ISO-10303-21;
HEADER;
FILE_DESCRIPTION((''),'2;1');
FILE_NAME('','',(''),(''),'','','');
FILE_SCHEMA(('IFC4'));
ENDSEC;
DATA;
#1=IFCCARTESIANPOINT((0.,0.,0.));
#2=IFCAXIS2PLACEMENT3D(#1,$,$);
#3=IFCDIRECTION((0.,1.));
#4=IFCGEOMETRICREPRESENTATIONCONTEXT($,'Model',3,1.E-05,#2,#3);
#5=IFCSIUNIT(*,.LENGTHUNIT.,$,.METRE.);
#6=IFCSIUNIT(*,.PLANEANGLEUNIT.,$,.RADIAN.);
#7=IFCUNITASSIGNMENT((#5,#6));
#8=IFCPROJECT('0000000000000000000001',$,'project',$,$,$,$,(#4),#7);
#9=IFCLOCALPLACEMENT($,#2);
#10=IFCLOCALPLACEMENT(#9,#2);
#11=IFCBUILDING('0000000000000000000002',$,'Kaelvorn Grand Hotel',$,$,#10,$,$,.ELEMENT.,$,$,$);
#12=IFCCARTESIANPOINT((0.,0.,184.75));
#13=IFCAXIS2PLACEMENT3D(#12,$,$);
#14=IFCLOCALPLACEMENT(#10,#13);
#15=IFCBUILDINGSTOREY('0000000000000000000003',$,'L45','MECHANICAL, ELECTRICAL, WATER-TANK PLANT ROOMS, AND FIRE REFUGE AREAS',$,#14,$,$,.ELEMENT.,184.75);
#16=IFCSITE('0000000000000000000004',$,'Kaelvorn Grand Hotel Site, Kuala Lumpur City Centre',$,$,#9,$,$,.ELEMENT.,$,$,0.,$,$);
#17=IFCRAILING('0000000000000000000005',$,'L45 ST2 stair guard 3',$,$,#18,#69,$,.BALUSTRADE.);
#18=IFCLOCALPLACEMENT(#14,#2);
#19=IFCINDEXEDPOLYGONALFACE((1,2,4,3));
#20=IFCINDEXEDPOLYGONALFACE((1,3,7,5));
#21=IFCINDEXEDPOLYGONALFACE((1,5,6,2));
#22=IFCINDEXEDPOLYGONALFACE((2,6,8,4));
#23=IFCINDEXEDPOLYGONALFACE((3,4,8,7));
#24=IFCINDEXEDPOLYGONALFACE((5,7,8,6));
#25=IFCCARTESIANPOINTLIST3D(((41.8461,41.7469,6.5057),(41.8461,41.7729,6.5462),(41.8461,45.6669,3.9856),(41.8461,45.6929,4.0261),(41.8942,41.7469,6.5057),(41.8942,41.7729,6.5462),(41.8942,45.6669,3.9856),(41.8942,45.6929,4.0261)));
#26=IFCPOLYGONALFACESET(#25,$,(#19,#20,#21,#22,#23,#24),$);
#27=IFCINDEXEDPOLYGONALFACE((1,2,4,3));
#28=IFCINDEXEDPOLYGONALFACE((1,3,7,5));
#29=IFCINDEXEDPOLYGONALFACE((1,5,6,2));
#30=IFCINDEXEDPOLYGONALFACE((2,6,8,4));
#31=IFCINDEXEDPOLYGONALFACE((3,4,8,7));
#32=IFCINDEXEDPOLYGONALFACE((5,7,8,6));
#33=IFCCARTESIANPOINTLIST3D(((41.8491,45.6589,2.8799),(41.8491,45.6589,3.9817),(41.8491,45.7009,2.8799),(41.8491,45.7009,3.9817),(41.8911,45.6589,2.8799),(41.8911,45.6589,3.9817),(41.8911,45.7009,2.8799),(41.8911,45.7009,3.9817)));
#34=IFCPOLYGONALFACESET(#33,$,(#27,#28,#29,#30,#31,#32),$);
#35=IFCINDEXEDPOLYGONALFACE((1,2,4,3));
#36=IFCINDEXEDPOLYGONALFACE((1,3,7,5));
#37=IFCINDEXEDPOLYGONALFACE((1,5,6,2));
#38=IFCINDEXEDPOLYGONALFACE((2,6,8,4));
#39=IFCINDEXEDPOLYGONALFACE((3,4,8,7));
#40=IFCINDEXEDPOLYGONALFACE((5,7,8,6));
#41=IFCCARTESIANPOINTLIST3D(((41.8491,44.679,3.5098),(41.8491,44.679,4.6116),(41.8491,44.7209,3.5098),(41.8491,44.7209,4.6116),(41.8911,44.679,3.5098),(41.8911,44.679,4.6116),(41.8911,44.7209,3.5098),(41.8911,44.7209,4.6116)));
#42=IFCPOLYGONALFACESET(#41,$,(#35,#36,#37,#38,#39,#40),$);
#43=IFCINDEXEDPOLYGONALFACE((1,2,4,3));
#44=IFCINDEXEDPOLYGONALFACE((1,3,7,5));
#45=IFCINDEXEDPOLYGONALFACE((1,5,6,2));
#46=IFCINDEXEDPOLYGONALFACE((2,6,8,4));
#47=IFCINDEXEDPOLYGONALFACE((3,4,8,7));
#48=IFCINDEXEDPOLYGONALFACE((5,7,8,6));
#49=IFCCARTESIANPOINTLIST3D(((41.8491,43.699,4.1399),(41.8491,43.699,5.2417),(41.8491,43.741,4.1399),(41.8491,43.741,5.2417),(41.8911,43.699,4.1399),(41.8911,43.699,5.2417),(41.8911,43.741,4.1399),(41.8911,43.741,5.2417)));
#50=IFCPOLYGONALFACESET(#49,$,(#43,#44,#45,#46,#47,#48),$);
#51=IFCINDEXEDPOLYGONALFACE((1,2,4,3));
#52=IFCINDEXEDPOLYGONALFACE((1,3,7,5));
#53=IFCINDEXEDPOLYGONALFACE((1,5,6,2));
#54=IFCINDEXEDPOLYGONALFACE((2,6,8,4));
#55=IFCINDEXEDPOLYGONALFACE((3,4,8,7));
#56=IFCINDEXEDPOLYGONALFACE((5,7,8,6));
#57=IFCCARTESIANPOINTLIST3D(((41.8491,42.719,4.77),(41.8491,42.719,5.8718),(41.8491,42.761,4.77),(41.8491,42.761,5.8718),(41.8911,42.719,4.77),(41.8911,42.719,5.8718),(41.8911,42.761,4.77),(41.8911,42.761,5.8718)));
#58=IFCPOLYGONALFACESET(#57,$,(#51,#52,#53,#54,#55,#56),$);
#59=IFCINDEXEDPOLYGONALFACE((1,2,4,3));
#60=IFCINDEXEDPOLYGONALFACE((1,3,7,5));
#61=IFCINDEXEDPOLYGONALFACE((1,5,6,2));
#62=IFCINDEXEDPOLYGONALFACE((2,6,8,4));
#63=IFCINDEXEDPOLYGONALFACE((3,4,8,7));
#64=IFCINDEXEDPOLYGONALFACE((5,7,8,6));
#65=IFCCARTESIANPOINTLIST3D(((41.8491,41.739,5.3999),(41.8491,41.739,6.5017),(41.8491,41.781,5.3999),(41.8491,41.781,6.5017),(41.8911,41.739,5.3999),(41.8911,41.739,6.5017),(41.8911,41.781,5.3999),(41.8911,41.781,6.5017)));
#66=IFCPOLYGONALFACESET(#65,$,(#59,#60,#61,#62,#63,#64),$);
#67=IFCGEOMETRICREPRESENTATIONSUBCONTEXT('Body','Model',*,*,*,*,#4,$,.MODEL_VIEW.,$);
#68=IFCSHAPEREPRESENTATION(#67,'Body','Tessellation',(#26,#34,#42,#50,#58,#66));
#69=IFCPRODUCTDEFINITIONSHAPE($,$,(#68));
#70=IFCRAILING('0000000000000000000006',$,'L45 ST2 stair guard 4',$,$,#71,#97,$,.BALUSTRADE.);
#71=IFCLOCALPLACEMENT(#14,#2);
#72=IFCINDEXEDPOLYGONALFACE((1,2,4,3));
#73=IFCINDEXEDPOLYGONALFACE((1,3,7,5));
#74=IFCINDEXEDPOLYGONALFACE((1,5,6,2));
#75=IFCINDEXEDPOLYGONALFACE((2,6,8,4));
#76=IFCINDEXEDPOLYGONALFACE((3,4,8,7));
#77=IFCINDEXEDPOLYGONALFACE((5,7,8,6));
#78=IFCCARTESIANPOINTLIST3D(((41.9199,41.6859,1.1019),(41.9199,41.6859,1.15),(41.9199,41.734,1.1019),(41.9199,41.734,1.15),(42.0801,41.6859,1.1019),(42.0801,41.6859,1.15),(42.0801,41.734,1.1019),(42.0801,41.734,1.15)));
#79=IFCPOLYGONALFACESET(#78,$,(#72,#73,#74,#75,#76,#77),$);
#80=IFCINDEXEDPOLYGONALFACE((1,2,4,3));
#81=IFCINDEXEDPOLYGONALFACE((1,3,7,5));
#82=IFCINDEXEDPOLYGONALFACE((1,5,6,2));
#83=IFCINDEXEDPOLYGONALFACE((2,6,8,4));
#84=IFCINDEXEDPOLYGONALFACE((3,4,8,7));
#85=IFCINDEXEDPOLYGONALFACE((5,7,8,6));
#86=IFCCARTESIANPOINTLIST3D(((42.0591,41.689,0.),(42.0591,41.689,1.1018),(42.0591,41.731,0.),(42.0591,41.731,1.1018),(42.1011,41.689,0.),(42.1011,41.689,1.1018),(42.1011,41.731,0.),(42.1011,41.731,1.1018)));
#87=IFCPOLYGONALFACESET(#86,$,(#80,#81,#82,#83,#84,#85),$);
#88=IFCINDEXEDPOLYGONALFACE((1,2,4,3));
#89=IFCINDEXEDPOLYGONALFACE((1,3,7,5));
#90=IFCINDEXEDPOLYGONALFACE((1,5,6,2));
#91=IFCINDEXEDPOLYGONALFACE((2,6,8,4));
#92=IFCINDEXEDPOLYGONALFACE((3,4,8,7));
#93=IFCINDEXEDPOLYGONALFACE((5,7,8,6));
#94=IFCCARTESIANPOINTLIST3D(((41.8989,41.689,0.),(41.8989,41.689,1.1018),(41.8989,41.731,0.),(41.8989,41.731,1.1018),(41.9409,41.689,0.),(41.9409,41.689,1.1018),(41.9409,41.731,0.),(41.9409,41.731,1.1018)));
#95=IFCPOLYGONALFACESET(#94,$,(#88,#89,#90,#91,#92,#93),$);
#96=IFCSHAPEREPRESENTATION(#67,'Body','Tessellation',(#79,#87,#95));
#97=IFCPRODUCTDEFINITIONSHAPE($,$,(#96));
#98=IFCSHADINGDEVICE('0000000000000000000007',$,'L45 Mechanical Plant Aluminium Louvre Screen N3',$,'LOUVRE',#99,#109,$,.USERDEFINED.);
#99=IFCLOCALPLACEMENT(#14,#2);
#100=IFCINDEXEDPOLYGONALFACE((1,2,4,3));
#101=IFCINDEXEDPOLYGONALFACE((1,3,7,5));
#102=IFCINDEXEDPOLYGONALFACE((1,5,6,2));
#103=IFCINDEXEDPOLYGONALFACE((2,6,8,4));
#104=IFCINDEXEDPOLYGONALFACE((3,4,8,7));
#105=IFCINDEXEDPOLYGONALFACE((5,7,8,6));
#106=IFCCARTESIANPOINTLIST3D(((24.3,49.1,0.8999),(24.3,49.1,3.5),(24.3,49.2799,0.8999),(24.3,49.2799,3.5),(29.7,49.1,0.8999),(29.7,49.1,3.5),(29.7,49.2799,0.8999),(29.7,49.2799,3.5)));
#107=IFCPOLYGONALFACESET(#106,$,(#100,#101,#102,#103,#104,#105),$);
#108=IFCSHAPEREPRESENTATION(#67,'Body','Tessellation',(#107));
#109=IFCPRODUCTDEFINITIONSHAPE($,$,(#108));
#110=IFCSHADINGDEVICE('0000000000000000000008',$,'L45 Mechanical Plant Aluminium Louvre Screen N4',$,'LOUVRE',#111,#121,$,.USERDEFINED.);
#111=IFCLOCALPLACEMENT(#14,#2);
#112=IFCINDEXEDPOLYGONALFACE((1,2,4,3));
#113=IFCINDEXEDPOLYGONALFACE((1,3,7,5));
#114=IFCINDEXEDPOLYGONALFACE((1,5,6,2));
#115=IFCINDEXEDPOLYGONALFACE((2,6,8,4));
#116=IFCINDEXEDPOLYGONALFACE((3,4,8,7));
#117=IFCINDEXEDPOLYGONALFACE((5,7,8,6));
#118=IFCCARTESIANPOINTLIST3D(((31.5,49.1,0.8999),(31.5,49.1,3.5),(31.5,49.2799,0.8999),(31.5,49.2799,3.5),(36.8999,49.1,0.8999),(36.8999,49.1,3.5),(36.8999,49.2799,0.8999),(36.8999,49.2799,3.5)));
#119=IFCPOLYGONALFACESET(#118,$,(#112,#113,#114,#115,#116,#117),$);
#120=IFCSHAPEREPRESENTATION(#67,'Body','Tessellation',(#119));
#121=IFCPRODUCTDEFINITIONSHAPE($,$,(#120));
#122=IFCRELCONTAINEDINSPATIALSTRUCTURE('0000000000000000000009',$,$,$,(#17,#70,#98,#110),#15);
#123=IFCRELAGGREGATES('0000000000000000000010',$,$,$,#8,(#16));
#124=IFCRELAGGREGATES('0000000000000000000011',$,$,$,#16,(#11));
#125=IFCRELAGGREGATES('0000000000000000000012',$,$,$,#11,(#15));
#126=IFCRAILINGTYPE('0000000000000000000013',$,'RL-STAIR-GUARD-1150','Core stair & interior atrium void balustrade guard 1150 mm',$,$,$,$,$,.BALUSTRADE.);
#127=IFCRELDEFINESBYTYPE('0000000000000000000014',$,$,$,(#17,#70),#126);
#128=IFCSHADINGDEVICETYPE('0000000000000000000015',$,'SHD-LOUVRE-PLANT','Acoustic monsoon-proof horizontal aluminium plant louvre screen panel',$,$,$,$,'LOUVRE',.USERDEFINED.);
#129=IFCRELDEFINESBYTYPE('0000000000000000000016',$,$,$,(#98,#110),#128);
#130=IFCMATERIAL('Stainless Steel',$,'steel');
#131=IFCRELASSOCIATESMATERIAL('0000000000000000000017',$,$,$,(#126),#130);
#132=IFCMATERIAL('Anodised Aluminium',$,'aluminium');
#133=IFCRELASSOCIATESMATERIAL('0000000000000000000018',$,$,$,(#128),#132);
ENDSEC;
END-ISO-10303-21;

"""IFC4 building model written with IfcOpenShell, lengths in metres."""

from ifc_helpers import new_model, si_unit, direction, frame, origin, origin_2d, place, context, subcontext, project, spatial, rectangle, extrude, material, type_object, element, save


model = new_model("IFC4")

# Units and contexts
model_context = context("Model", 3, precision=1e-05, world=origin(), true_north=direction((0.0, 1.0)))
body_context = subcontext(model_context, "Body", "Model", "MODEL_VIEW")
ifc_project = project(units=[si_unit("LENGTHUNIT", "METRE"), si_unit("PLANEANGLEUNIT", "RADIAN")], contexts=[model_context])

# Site, building, storey
site_placement = place(None, origin())
site = spatial("IfcSite", under=ifc_project, at=site_placement, Name="Kaelvorn Grand Hotel Site, Kuala Lumpur City Centre", CompositionType="ELEMENT", RefElevation=0.0)
building_placement = place(site_placement, origin())
building = spatial("IfcBuilding", under=site, at=building_placement, Name="Kaelvorn Grand Hotel", CompositionType="ELEMENT")
storey_placement = place(building_placement, frame((0.0, 0.0, 184.75)))
storey = spatial("IfcBuildingStorey", under=building, at=storey_placement, Name="L45", Description="MECHANICAL, ELECTRICAL, WATER-TANK PLANT ROOMS, AND FIRE REFUGE AREAS", CompositionType="ELEMENT", Elevation=184.75)

# Railings
ifc_material_1 = material(Name="Stainless Steel", Category="steel")
railing_type_1 = type_object("IfcRailingType", Name="RL-STAIR-GUARD-1150", Description="Core stair & interior atrium void balustrade guard 1150 mm", PredefinedType="BALUSTRADE", material=ifc_material_1)
railing_1_placement = place(storey_placement, frame((41.8701, 45.6799, 2.8799)))
element("IfcRailing", 1, at=railing_1_placement, inside=storey, type_object=railing_type_1, Name="L45 ST2 stair guard 3", PredefinedType="BALUSTRADE", context=body_context, shape_type="SweptSolid", body=[
    extrude(rectangle(XDim=0.0481, YDim=0.0481, at=origin_2d()), frame((0.0, 0.0, 1.126), z_axis=(0.0, -0.841172, 0.540768), x_axis=(1.0, 0.0, 0.0)), (0.0, 0.0, 1.0), 4.6602),
    extrude(rectangle(XDim=0.042, YDim=0.042, at=origin_2d()), origin(), (0.0, 0.0, 1.0), 1.1018),
    extrude(rectangle(XDim=0.042, YDim=0.042, at=origin_2d()), frame((0.0, -0.98, 0.6299)), (0.0, 0.0, 1.0), 1.1018),
    extrude(rectangle(XDim=0.042, YDim=0.042, at=origin_2d()), frame((0.0, -1.96, 1.26)), (0.0, 0.0, 1.0), 1.1018),
    extrude(rectangle(XDim=0.042, YDim=0.042, at=origin_2d()), frame((0.0, -2.9399, 1.8901)), (0.0, 0.0, 1.0), 1.1018),
    extrude(rectangle(XDim=0.042, YDim=0.042, at=origin_2d()), frame((0.0, -3.9199, 2.52)), (0.0, 0.0, 1.0), 1.1018),
])
railing_2_placement = place(storey_placement, frame((42.0801, 41.71, 0.0)))
element("IfcRailing", 2, at=railing_2_placement, inside=storey, type_object=railing_type_1, Name="L45 ST2 stair guard 4", PredefinedType="BALUSTRADE", context=body_context, shape_type="SweptSolid", body=[
    extrude(rectangle(XDim=0.0481, YDim=0.0481, at=origin_2d()), frame((0.0, 0.0, 1.126), z_axis=(-1.0, 0.0, 0.0), x_axis=(0.0, -1.0, 0.0)), (0.0, 0.0, 1.0), 0.1602),
    extrude(rectangle(XDim=0.042, YDim=0.042, at=origin_2d()), origin(), (0.0, 0.0, 1.0), 1.1018),
    extrude(rectangle(XDim=0.042, YDim=0.042, at=origin_2d()), frame((-0.1602, 0.0, 0.0)), (0.0, 0.0, 1.0), 1.1018),
])

# Shading devices
ifc_material_2 = material(Name="Anodised Aluminium", Category="aluminium")
shading_device_type = type_object("IfcShadingDeviceType", Name="SHD-LOUVRE-PLANT", Description="Acoustic monsoon-proof horizontal aluminium plant louvre screen panel", ElementType="LOUVRE", PredefinedType="USERDEFINED", material=ifc_material_2)
for number, where, z_axis, x_axis, name in (
    (3, (27.0, 49.1899, 0.8999), (0.0, 0.0, 1.0), (1.0, 0.0, 0.0), "L45 Mechanical Plant Aluminium Louvre Screen N3"),
    (4, (34.2, 49.1899, 0.8999), (0.0, 0.0, 1.0), (1.0, 0.0, 0.0), "L45 Mechanical Plant Aluminium Louvre Screen N4"),
):
    element("IfcShadingDevice", number, at=place(storey_placement, frame(where, z_axis=z_axis, x_axis=x_axis)), inside=storey, type_object=shading_device_type, Name=name, ObjectType="LOUVRE", PredefinedType="USERDEFINED", context=body_context, shape_type="SweptSolid", body=[
        extrude(rectangle(XDim=5.3999, YDim=0.1799, at=origin_2d()), origin(), (0.0, 0.0, 1.0), 2.6001),
    ])

save(model, "model.ifc")
